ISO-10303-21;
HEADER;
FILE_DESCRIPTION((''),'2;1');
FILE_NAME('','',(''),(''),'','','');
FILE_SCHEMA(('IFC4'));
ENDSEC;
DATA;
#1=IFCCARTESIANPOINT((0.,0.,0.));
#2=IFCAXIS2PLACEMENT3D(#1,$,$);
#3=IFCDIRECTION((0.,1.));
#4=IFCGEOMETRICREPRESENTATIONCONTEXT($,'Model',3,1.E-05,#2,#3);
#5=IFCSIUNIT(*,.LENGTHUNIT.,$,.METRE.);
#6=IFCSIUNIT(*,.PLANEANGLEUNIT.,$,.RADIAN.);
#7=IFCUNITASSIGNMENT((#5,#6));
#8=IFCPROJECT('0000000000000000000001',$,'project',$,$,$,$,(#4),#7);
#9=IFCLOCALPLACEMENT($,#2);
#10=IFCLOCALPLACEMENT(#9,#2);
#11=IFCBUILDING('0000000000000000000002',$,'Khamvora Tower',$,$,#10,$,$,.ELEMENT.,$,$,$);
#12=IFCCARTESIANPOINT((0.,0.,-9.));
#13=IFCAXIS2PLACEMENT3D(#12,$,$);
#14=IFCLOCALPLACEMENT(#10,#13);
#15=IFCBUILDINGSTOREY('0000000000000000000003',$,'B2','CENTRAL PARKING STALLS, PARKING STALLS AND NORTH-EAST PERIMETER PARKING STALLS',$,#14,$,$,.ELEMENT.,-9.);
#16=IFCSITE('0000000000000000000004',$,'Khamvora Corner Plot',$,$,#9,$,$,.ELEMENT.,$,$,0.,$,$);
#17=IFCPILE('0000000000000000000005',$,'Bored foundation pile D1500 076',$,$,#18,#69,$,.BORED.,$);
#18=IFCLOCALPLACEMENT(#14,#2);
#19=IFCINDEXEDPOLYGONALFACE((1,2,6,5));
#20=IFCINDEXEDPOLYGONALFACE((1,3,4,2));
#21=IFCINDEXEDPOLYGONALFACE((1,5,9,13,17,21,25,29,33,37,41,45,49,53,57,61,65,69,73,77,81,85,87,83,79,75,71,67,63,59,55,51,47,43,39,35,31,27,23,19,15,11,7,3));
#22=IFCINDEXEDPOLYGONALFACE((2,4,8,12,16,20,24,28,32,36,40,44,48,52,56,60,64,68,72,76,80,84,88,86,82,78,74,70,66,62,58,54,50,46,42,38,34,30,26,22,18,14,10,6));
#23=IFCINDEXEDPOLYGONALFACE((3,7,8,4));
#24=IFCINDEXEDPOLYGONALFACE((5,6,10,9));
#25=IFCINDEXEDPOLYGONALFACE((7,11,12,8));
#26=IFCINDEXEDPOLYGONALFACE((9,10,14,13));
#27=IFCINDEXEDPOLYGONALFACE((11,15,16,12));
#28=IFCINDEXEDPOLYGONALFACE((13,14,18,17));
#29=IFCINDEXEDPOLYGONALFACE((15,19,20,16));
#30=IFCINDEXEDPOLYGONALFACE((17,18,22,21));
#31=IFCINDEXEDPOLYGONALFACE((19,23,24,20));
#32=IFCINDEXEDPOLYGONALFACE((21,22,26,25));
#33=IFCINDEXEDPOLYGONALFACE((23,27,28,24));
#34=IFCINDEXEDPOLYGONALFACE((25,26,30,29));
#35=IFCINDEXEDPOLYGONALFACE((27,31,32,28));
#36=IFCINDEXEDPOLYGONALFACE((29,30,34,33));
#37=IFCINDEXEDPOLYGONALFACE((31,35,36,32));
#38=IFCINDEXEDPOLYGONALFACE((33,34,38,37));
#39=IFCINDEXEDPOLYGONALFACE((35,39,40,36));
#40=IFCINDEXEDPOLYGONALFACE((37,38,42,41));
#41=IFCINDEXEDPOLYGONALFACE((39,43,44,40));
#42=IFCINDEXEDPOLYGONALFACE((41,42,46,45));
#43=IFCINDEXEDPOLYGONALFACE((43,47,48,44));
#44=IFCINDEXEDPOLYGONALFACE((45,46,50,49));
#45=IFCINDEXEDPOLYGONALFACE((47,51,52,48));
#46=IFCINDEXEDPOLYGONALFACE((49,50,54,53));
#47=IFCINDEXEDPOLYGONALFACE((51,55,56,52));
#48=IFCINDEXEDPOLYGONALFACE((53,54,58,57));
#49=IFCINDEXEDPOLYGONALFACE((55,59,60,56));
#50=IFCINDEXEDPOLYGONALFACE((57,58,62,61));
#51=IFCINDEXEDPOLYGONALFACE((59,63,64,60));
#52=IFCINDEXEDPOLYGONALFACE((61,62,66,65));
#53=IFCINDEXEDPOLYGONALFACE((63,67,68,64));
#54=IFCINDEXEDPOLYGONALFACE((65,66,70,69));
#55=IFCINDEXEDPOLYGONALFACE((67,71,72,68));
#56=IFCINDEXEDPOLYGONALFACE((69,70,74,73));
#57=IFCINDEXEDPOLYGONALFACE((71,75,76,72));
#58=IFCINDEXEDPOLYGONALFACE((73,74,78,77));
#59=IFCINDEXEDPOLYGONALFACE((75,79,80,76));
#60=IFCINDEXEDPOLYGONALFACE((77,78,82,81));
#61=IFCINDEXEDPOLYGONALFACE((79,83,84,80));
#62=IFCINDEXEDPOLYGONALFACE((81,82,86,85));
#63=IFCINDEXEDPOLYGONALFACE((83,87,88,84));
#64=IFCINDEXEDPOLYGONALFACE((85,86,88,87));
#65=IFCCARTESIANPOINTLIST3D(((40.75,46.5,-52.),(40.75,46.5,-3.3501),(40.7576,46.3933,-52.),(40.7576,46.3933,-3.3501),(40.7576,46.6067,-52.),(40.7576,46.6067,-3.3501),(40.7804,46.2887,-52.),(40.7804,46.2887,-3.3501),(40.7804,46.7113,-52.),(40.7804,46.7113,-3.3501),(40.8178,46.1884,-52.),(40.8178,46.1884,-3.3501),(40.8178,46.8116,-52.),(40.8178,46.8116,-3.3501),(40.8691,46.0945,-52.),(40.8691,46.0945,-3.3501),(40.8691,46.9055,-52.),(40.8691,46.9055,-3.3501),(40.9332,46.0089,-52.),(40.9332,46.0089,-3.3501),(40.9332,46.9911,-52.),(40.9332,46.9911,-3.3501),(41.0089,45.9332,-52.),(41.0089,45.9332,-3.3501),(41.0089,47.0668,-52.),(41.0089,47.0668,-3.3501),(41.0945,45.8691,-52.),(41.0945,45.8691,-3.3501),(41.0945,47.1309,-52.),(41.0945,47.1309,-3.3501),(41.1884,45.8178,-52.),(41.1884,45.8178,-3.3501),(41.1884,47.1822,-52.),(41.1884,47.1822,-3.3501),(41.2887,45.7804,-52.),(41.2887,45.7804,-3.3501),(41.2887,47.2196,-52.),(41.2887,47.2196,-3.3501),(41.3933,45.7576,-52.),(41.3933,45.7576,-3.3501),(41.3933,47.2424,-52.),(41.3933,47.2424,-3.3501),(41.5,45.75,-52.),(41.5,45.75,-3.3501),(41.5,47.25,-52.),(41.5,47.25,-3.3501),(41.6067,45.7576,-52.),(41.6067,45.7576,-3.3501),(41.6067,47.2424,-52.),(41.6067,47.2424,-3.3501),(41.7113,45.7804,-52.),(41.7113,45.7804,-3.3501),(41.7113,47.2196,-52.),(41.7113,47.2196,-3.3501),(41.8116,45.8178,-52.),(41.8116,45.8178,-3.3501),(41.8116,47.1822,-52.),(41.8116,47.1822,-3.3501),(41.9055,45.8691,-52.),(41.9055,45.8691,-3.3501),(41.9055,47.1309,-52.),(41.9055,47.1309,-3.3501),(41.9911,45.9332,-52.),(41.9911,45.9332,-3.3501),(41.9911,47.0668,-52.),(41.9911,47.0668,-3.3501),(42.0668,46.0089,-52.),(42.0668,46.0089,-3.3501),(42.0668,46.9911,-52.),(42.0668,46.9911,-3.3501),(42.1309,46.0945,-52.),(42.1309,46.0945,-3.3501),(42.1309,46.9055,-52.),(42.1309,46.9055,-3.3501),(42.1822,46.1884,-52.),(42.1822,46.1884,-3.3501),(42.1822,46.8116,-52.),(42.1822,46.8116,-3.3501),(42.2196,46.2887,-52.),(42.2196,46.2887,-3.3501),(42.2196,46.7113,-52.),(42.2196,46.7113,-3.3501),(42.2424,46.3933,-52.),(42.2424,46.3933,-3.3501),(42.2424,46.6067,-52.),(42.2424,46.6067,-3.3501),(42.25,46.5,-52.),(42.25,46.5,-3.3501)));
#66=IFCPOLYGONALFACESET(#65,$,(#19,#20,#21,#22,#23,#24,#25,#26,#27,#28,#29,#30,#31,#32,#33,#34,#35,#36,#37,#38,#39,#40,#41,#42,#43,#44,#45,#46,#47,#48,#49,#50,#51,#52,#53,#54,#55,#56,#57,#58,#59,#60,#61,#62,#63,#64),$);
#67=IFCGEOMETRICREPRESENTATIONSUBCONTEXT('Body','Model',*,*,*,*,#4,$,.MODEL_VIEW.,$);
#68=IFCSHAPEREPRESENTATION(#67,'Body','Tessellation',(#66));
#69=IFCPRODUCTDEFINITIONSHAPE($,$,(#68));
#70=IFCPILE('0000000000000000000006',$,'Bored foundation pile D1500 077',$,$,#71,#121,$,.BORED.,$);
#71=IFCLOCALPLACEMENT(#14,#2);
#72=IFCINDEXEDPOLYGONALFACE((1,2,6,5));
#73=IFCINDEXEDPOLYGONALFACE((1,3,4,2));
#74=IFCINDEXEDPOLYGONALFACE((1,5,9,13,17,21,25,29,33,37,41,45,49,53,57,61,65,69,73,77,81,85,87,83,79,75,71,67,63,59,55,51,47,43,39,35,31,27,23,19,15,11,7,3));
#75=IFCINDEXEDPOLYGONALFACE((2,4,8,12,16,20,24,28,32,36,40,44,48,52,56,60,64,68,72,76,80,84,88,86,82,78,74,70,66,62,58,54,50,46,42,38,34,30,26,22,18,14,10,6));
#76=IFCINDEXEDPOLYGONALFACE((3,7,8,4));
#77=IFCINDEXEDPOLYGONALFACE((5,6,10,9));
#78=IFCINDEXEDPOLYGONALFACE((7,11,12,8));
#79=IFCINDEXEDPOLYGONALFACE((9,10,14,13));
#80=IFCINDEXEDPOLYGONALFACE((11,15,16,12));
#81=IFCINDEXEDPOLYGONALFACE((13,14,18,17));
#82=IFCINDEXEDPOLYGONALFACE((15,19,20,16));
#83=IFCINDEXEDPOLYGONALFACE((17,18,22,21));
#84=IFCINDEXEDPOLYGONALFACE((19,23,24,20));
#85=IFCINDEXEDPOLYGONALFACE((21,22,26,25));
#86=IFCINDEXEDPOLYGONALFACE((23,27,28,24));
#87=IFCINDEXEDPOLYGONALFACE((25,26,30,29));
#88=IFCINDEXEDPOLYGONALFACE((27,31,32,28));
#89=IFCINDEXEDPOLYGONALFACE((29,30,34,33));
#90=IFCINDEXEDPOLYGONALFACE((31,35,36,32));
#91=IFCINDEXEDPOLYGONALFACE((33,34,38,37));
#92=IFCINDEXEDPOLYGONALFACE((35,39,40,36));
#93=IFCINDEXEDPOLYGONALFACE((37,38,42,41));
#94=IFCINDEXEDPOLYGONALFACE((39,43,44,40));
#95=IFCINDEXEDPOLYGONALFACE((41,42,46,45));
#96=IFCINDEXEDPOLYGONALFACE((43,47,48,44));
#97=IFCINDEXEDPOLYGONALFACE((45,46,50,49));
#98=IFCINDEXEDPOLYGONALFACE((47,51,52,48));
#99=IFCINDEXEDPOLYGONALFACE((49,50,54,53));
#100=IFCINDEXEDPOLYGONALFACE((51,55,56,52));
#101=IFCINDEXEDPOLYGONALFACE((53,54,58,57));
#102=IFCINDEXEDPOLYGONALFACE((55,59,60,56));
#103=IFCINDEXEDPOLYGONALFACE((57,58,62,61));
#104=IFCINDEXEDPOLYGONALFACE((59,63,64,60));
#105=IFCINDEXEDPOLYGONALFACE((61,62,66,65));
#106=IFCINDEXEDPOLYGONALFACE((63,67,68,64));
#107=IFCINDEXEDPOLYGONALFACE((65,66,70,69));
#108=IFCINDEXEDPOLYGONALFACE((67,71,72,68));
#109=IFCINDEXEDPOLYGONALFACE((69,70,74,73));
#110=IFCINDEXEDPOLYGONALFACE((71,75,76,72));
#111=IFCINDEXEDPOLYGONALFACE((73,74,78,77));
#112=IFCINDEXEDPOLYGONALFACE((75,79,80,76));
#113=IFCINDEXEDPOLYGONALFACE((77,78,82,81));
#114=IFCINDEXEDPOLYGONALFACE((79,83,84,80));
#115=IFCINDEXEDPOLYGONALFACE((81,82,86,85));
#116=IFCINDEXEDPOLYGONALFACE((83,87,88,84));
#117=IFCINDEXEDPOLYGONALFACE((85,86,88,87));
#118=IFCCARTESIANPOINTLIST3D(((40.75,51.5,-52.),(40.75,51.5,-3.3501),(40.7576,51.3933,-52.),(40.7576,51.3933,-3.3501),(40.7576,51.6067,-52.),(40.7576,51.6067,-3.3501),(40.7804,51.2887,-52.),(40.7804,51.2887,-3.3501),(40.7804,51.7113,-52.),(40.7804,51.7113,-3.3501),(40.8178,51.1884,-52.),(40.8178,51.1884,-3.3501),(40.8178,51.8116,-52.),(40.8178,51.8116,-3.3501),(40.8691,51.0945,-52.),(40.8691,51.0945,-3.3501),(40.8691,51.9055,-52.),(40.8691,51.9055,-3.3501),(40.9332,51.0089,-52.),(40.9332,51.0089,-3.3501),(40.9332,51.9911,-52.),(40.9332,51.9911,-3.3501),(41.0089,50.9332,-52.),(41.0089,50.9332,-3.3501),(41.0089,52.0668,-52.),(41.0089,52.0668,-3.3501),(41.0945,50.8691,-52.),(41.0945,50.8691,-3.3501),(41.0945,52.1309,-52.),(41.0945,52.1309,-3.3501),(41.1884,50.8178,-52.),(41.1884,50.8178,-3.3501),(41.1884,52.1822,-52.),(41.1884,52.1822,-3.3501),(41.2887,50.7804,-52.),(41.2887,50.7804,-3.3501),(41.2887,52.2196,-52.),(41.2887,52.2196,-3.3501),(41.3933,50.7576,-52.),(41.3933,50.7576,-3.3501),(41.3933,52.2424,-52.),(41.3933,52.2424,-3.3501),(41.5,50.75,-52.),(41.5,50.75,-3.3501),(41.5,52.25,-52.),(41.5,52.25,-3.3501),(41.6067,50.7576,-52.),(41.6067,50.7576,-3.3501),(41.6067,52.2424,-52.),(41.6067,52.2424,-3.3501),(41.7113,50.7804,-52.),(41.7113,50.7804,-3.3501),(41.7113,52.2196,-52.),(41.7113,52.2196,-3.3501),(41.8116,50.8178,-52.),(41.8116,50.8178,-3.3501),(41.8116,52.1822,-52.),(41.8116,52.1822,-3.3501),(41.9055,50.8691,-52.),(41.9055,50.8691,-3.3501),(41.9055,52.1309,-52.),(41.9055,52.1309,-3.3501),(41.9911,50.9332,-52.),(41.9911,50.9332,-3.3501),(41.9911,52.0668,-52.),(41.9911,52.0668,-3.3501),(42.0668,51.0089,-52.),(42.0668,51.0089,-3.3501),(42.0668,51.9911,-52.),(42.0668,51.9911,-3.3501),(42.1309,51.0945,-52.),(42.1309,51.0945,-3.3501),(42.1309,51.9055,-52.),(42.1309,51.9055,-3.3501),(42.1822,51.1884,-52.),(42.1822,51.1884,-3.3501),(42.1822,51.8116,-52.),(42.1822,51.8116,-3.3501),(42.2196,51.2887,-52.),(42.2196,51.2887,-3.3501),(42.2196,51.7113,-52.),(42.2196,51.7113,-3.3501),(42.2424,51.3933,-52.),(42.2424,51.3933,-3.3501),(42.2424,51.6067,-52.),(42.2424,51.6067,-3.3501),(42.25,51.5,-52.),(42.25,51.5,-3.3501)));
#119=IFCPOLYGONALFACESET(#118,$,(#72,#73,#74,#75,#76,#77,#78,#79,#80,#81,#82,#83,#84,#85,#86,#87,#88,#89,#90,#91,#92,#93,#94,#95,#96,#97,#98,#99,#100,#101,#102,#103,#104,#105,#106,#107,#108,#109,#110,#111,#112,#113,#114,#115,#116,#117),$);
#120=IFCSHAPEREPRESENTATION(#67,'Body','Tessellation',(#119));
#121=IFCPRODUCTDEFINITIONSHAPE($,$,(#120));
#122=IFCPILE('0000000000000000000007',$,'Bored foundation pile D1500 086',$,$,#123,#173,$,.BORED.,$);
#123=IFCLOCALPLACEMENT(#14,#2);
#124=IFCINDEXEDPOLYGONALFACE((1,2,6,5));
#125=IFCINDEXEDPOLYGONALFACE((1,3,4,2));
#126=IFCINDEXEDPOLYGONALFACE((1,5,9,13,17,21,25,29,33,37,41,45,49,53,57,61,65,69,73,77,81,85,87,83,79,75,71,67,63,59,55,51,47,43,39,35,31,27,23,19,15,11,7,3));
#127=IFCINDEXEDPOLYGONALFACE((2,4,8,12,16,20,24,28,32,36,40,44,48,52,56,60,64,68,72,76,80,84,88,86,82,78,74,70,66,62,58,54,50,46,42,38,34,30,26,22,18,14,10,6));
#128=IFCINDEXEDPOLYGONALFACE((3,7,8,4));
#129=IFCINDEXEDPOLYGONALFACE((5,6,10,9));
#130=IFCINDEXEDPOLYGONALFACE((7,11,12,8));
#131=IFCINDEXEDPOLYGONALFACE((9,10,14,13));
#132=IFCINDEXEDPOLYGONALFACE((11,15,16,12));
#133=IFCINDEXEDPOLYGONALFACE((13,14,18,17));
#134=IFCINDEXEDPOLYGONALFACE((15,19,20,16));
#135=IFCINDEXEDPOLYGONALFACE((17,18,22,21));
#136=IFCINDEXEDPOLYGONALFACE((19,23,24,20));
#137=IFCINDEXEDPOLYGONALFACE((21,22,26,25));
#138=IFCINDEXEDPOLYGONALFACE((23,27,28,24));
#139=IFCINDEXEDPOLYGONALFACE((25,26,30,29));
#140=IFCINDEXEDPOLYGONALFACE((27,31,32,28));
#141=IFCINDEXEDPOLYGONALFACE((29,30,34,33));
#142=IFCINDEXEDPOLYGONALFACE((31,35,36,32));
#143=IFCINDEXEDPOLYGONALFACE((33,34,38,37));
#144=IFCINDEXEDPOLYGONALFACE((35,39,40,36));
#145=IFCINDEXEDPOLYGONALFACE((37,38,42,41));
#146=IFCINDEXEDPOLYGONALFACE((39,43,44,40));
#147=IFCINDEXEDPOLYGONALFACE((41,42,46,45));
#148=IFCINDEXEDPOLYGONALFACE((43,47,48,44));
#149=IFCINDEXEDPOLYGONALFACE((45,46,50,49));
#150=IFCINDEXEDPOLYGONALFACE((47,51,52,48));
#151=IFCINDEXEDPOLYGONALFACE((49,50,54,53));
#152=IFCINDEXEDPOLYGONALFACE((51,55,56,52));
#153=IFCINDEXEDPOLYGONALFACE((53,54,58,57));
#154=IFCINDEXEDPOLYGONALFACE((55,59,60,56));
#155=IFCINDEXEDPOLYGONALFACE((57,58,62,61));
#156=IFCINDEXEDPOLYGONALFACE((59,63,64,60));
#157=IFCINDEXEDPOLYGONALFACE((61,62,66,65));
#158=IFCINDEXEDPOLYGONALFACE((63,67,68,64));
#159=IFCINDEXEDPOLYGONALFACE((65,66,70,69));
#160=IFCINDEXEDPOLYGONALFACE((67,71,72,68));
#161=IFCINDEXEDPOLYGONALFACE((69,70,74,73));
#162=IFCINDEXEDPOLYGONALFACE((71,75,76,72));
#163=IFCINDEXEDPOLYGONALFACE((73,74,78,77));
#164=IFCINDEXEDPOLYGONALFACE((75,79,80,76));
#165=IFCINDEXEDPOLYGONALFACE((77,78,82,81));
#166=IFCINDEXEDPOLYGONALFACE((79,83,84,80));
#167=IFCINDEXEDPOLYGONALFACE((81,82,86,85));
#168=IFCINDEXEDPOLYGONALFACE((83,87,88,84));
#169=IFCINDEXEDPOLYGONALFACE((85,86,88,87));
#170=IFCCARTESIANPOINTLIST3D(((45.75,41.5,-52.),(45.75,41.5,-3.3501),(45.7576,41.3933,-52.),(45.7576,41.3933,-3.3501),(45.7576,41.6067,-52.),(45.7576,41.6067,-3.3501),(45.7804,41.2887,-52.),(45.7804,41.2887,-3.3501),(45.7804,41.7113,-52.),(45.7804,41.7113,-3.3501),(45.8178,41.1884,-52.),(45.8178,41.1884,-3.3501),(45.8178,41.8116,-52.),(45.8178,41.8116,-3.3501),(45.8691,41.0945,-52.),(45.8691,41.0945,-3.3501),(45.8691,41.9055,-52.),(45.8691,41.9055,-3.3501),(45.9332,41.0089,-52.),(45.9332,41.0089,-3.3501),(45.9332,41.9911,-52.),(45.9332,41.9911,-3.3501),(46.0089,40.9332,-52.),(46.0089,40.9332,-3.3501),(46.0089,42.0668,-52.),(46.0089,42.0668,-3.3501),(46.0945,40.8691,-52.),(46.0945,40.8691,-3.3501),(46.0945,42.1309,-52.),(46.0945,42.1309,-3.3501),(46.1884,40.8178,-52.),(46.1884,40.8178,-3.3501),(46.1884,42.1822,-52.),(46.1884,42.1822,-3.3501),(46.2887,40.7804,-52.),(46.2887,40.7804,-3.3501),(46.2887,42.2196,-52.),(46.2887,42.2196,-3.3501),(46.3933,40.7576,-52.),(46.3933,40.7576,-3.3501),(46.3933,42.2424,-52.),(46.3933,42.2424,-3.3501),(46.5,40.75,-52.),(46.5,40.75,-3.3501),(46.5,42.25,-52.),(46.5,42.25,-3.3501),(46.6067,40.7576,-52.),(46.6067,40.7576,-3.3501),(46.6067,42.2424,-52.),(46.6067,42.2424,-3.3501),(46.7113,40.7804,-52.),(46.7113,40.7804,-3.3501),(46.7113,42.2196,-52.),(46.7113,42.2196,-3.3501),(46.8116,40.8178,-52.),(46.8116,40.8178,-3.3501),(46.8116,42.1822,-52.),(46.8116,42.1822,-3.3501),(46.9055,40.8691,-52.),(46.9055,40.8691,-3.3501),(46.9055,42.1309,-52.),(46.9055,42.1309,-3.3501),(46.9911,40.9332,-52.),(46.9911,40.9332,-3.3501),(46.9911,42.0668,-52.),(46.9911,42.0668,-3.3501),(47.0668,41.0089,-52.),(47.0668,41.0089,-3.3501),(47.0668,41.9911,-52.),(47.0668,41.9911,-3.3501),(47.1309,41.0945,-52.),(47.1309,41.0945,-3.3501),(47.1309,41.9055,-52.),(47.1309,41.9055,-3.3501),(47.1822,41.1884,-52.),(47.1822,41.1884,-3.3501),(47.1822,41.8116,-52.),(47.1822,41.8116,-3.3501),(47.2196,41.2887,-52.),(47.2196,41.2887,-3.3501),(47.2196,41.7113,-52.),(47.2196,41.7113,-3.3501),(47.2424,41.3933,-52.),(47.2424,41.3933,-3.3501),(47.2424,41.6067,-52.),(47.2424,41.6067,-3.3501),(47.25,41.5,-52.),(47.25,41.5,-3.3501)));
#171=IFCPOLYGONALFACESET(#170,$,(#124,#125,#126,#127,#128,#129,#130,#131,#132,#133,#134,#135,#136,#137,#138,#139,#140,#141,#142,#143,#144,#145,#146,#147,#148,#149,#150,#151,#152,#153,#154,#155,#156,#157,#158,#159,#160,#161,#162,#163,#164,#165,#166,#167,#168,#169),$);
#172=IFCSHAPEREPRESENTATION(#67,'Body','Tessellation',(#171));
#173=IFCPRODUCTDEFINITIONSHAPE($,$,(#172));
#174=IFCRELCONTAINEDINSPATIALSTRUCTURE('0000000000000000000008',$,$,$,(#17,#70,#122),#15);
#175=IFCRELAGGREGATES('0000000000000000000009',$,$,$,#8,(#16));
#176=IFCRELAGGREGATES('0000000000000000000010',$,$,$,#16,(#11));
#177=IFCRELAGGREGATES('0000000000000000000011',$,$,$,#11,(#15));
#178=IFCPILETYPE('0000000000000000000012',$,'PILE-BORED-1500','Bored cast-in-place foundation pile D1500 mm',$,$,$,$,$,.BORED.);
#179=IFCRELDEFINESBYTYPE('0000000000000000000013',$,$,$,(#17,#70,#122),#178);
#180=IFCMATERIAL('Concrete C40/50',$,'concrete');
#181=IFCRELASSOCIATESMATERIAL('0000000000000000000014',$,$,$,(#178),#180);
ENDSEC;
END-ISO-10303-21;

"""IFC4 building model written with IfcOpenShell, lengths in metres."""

from ifc_helpers import new_model, si_unit, direction, frame, origin, origin_2d, place, context, subcontext, project, spatial, circle, extrude, material, material_profile, profile_set, type_object, element, save


model = new_model("IFC4")

# Units and contexts
model_context = context("Model", 3, precision=1e-05, world=origin(), true_north=direction((0.0, 1.0)))
body_context = subcontext(model_context, "Body", "Model", "MODEL_VIEW")
ifc_project = project(units=[si_unit("LENGTHUNIT", "METRE"), si_unit("PLANEANGLEUNIT", "RADIAN")], contexts=[model_context])

# Site, building, storey
site_placement = place(None, origin())
site = spatial("IfcSite", under=ifc_project, at=site_placement, Name="Khamvora Corner Plot", CompositionType="ELEMENT", RefElevation=0.0)
building_placement = place(site_placement, origin())
building = spatial("IfcBuilding", under=site, at=building_placement, Name="Khamvora Tower", CompositionType="ELEMENT")
storey_placement = place(building_placement, frame((0.0, 0.0, -9.0)))
storey = spatial("IfcBuildingStorey", under=building, at=storey_placement, Name="B2", Description="CENTRAL PARKING STALLS, PARKING STALLS AND NORTH-EAST PERIMETER PARKING STALLS", CompositionType="ELEMENT", Elevation=-9.0)

# Piles
ifc_material_1 = material(Name="Concrete C40/50", Category="concrete")
ifc_material_profile_1 = material_profile(ifc_material_1, circle(Radius=0.75, at=origin_2d()), Name="PILE_D1500")
ifc_profile_set_1 = profile_set([ifc_material_profile_1], Name="Concrete C40/50")
pile_type_1 = type_object("IfcPileType", Name="PILE-BORED-1500", Description="Bored cast-in-place foundation pile D1500 mm", PredefinedType="BORED", material=ifc_profile_set_1)
for number, where, z_axis, x_axis, name in (
    (1, (41.5, 46.5, -3.3501), (0.0, 0.0, -1.0), (1.0, 0.0, 0.0), "Bored foundation pile D1500 076"),
    (2, (41.5, 51.5, -3.3501), (0.0, 0.0, -1.0), (1.0, 0.0, 0.0), "Bored foundation pile D1500 077"),
    (3, (46.5, 41.5, -3.3501), (0.0, 0.0, -1.0), (1.0, 0.0, 0.0), "Bored foundation pile D1500 086"),
):
    element("IfcPile", number, at=place(storey_placement, frame(where, z_axis=z_axis, x_axis=x_axis)), inside=storey, type_object=pile_type_1, Name=name, PredefinedType="BORED", context=body_context, shape_type="SweptSolid", body=[
        extrude(circle(Radius=0.75, at=origin_2d()), origin(), (0.0, 0.0, 1.0), 48.6499),
    ])

save(model, "model.ifc")
